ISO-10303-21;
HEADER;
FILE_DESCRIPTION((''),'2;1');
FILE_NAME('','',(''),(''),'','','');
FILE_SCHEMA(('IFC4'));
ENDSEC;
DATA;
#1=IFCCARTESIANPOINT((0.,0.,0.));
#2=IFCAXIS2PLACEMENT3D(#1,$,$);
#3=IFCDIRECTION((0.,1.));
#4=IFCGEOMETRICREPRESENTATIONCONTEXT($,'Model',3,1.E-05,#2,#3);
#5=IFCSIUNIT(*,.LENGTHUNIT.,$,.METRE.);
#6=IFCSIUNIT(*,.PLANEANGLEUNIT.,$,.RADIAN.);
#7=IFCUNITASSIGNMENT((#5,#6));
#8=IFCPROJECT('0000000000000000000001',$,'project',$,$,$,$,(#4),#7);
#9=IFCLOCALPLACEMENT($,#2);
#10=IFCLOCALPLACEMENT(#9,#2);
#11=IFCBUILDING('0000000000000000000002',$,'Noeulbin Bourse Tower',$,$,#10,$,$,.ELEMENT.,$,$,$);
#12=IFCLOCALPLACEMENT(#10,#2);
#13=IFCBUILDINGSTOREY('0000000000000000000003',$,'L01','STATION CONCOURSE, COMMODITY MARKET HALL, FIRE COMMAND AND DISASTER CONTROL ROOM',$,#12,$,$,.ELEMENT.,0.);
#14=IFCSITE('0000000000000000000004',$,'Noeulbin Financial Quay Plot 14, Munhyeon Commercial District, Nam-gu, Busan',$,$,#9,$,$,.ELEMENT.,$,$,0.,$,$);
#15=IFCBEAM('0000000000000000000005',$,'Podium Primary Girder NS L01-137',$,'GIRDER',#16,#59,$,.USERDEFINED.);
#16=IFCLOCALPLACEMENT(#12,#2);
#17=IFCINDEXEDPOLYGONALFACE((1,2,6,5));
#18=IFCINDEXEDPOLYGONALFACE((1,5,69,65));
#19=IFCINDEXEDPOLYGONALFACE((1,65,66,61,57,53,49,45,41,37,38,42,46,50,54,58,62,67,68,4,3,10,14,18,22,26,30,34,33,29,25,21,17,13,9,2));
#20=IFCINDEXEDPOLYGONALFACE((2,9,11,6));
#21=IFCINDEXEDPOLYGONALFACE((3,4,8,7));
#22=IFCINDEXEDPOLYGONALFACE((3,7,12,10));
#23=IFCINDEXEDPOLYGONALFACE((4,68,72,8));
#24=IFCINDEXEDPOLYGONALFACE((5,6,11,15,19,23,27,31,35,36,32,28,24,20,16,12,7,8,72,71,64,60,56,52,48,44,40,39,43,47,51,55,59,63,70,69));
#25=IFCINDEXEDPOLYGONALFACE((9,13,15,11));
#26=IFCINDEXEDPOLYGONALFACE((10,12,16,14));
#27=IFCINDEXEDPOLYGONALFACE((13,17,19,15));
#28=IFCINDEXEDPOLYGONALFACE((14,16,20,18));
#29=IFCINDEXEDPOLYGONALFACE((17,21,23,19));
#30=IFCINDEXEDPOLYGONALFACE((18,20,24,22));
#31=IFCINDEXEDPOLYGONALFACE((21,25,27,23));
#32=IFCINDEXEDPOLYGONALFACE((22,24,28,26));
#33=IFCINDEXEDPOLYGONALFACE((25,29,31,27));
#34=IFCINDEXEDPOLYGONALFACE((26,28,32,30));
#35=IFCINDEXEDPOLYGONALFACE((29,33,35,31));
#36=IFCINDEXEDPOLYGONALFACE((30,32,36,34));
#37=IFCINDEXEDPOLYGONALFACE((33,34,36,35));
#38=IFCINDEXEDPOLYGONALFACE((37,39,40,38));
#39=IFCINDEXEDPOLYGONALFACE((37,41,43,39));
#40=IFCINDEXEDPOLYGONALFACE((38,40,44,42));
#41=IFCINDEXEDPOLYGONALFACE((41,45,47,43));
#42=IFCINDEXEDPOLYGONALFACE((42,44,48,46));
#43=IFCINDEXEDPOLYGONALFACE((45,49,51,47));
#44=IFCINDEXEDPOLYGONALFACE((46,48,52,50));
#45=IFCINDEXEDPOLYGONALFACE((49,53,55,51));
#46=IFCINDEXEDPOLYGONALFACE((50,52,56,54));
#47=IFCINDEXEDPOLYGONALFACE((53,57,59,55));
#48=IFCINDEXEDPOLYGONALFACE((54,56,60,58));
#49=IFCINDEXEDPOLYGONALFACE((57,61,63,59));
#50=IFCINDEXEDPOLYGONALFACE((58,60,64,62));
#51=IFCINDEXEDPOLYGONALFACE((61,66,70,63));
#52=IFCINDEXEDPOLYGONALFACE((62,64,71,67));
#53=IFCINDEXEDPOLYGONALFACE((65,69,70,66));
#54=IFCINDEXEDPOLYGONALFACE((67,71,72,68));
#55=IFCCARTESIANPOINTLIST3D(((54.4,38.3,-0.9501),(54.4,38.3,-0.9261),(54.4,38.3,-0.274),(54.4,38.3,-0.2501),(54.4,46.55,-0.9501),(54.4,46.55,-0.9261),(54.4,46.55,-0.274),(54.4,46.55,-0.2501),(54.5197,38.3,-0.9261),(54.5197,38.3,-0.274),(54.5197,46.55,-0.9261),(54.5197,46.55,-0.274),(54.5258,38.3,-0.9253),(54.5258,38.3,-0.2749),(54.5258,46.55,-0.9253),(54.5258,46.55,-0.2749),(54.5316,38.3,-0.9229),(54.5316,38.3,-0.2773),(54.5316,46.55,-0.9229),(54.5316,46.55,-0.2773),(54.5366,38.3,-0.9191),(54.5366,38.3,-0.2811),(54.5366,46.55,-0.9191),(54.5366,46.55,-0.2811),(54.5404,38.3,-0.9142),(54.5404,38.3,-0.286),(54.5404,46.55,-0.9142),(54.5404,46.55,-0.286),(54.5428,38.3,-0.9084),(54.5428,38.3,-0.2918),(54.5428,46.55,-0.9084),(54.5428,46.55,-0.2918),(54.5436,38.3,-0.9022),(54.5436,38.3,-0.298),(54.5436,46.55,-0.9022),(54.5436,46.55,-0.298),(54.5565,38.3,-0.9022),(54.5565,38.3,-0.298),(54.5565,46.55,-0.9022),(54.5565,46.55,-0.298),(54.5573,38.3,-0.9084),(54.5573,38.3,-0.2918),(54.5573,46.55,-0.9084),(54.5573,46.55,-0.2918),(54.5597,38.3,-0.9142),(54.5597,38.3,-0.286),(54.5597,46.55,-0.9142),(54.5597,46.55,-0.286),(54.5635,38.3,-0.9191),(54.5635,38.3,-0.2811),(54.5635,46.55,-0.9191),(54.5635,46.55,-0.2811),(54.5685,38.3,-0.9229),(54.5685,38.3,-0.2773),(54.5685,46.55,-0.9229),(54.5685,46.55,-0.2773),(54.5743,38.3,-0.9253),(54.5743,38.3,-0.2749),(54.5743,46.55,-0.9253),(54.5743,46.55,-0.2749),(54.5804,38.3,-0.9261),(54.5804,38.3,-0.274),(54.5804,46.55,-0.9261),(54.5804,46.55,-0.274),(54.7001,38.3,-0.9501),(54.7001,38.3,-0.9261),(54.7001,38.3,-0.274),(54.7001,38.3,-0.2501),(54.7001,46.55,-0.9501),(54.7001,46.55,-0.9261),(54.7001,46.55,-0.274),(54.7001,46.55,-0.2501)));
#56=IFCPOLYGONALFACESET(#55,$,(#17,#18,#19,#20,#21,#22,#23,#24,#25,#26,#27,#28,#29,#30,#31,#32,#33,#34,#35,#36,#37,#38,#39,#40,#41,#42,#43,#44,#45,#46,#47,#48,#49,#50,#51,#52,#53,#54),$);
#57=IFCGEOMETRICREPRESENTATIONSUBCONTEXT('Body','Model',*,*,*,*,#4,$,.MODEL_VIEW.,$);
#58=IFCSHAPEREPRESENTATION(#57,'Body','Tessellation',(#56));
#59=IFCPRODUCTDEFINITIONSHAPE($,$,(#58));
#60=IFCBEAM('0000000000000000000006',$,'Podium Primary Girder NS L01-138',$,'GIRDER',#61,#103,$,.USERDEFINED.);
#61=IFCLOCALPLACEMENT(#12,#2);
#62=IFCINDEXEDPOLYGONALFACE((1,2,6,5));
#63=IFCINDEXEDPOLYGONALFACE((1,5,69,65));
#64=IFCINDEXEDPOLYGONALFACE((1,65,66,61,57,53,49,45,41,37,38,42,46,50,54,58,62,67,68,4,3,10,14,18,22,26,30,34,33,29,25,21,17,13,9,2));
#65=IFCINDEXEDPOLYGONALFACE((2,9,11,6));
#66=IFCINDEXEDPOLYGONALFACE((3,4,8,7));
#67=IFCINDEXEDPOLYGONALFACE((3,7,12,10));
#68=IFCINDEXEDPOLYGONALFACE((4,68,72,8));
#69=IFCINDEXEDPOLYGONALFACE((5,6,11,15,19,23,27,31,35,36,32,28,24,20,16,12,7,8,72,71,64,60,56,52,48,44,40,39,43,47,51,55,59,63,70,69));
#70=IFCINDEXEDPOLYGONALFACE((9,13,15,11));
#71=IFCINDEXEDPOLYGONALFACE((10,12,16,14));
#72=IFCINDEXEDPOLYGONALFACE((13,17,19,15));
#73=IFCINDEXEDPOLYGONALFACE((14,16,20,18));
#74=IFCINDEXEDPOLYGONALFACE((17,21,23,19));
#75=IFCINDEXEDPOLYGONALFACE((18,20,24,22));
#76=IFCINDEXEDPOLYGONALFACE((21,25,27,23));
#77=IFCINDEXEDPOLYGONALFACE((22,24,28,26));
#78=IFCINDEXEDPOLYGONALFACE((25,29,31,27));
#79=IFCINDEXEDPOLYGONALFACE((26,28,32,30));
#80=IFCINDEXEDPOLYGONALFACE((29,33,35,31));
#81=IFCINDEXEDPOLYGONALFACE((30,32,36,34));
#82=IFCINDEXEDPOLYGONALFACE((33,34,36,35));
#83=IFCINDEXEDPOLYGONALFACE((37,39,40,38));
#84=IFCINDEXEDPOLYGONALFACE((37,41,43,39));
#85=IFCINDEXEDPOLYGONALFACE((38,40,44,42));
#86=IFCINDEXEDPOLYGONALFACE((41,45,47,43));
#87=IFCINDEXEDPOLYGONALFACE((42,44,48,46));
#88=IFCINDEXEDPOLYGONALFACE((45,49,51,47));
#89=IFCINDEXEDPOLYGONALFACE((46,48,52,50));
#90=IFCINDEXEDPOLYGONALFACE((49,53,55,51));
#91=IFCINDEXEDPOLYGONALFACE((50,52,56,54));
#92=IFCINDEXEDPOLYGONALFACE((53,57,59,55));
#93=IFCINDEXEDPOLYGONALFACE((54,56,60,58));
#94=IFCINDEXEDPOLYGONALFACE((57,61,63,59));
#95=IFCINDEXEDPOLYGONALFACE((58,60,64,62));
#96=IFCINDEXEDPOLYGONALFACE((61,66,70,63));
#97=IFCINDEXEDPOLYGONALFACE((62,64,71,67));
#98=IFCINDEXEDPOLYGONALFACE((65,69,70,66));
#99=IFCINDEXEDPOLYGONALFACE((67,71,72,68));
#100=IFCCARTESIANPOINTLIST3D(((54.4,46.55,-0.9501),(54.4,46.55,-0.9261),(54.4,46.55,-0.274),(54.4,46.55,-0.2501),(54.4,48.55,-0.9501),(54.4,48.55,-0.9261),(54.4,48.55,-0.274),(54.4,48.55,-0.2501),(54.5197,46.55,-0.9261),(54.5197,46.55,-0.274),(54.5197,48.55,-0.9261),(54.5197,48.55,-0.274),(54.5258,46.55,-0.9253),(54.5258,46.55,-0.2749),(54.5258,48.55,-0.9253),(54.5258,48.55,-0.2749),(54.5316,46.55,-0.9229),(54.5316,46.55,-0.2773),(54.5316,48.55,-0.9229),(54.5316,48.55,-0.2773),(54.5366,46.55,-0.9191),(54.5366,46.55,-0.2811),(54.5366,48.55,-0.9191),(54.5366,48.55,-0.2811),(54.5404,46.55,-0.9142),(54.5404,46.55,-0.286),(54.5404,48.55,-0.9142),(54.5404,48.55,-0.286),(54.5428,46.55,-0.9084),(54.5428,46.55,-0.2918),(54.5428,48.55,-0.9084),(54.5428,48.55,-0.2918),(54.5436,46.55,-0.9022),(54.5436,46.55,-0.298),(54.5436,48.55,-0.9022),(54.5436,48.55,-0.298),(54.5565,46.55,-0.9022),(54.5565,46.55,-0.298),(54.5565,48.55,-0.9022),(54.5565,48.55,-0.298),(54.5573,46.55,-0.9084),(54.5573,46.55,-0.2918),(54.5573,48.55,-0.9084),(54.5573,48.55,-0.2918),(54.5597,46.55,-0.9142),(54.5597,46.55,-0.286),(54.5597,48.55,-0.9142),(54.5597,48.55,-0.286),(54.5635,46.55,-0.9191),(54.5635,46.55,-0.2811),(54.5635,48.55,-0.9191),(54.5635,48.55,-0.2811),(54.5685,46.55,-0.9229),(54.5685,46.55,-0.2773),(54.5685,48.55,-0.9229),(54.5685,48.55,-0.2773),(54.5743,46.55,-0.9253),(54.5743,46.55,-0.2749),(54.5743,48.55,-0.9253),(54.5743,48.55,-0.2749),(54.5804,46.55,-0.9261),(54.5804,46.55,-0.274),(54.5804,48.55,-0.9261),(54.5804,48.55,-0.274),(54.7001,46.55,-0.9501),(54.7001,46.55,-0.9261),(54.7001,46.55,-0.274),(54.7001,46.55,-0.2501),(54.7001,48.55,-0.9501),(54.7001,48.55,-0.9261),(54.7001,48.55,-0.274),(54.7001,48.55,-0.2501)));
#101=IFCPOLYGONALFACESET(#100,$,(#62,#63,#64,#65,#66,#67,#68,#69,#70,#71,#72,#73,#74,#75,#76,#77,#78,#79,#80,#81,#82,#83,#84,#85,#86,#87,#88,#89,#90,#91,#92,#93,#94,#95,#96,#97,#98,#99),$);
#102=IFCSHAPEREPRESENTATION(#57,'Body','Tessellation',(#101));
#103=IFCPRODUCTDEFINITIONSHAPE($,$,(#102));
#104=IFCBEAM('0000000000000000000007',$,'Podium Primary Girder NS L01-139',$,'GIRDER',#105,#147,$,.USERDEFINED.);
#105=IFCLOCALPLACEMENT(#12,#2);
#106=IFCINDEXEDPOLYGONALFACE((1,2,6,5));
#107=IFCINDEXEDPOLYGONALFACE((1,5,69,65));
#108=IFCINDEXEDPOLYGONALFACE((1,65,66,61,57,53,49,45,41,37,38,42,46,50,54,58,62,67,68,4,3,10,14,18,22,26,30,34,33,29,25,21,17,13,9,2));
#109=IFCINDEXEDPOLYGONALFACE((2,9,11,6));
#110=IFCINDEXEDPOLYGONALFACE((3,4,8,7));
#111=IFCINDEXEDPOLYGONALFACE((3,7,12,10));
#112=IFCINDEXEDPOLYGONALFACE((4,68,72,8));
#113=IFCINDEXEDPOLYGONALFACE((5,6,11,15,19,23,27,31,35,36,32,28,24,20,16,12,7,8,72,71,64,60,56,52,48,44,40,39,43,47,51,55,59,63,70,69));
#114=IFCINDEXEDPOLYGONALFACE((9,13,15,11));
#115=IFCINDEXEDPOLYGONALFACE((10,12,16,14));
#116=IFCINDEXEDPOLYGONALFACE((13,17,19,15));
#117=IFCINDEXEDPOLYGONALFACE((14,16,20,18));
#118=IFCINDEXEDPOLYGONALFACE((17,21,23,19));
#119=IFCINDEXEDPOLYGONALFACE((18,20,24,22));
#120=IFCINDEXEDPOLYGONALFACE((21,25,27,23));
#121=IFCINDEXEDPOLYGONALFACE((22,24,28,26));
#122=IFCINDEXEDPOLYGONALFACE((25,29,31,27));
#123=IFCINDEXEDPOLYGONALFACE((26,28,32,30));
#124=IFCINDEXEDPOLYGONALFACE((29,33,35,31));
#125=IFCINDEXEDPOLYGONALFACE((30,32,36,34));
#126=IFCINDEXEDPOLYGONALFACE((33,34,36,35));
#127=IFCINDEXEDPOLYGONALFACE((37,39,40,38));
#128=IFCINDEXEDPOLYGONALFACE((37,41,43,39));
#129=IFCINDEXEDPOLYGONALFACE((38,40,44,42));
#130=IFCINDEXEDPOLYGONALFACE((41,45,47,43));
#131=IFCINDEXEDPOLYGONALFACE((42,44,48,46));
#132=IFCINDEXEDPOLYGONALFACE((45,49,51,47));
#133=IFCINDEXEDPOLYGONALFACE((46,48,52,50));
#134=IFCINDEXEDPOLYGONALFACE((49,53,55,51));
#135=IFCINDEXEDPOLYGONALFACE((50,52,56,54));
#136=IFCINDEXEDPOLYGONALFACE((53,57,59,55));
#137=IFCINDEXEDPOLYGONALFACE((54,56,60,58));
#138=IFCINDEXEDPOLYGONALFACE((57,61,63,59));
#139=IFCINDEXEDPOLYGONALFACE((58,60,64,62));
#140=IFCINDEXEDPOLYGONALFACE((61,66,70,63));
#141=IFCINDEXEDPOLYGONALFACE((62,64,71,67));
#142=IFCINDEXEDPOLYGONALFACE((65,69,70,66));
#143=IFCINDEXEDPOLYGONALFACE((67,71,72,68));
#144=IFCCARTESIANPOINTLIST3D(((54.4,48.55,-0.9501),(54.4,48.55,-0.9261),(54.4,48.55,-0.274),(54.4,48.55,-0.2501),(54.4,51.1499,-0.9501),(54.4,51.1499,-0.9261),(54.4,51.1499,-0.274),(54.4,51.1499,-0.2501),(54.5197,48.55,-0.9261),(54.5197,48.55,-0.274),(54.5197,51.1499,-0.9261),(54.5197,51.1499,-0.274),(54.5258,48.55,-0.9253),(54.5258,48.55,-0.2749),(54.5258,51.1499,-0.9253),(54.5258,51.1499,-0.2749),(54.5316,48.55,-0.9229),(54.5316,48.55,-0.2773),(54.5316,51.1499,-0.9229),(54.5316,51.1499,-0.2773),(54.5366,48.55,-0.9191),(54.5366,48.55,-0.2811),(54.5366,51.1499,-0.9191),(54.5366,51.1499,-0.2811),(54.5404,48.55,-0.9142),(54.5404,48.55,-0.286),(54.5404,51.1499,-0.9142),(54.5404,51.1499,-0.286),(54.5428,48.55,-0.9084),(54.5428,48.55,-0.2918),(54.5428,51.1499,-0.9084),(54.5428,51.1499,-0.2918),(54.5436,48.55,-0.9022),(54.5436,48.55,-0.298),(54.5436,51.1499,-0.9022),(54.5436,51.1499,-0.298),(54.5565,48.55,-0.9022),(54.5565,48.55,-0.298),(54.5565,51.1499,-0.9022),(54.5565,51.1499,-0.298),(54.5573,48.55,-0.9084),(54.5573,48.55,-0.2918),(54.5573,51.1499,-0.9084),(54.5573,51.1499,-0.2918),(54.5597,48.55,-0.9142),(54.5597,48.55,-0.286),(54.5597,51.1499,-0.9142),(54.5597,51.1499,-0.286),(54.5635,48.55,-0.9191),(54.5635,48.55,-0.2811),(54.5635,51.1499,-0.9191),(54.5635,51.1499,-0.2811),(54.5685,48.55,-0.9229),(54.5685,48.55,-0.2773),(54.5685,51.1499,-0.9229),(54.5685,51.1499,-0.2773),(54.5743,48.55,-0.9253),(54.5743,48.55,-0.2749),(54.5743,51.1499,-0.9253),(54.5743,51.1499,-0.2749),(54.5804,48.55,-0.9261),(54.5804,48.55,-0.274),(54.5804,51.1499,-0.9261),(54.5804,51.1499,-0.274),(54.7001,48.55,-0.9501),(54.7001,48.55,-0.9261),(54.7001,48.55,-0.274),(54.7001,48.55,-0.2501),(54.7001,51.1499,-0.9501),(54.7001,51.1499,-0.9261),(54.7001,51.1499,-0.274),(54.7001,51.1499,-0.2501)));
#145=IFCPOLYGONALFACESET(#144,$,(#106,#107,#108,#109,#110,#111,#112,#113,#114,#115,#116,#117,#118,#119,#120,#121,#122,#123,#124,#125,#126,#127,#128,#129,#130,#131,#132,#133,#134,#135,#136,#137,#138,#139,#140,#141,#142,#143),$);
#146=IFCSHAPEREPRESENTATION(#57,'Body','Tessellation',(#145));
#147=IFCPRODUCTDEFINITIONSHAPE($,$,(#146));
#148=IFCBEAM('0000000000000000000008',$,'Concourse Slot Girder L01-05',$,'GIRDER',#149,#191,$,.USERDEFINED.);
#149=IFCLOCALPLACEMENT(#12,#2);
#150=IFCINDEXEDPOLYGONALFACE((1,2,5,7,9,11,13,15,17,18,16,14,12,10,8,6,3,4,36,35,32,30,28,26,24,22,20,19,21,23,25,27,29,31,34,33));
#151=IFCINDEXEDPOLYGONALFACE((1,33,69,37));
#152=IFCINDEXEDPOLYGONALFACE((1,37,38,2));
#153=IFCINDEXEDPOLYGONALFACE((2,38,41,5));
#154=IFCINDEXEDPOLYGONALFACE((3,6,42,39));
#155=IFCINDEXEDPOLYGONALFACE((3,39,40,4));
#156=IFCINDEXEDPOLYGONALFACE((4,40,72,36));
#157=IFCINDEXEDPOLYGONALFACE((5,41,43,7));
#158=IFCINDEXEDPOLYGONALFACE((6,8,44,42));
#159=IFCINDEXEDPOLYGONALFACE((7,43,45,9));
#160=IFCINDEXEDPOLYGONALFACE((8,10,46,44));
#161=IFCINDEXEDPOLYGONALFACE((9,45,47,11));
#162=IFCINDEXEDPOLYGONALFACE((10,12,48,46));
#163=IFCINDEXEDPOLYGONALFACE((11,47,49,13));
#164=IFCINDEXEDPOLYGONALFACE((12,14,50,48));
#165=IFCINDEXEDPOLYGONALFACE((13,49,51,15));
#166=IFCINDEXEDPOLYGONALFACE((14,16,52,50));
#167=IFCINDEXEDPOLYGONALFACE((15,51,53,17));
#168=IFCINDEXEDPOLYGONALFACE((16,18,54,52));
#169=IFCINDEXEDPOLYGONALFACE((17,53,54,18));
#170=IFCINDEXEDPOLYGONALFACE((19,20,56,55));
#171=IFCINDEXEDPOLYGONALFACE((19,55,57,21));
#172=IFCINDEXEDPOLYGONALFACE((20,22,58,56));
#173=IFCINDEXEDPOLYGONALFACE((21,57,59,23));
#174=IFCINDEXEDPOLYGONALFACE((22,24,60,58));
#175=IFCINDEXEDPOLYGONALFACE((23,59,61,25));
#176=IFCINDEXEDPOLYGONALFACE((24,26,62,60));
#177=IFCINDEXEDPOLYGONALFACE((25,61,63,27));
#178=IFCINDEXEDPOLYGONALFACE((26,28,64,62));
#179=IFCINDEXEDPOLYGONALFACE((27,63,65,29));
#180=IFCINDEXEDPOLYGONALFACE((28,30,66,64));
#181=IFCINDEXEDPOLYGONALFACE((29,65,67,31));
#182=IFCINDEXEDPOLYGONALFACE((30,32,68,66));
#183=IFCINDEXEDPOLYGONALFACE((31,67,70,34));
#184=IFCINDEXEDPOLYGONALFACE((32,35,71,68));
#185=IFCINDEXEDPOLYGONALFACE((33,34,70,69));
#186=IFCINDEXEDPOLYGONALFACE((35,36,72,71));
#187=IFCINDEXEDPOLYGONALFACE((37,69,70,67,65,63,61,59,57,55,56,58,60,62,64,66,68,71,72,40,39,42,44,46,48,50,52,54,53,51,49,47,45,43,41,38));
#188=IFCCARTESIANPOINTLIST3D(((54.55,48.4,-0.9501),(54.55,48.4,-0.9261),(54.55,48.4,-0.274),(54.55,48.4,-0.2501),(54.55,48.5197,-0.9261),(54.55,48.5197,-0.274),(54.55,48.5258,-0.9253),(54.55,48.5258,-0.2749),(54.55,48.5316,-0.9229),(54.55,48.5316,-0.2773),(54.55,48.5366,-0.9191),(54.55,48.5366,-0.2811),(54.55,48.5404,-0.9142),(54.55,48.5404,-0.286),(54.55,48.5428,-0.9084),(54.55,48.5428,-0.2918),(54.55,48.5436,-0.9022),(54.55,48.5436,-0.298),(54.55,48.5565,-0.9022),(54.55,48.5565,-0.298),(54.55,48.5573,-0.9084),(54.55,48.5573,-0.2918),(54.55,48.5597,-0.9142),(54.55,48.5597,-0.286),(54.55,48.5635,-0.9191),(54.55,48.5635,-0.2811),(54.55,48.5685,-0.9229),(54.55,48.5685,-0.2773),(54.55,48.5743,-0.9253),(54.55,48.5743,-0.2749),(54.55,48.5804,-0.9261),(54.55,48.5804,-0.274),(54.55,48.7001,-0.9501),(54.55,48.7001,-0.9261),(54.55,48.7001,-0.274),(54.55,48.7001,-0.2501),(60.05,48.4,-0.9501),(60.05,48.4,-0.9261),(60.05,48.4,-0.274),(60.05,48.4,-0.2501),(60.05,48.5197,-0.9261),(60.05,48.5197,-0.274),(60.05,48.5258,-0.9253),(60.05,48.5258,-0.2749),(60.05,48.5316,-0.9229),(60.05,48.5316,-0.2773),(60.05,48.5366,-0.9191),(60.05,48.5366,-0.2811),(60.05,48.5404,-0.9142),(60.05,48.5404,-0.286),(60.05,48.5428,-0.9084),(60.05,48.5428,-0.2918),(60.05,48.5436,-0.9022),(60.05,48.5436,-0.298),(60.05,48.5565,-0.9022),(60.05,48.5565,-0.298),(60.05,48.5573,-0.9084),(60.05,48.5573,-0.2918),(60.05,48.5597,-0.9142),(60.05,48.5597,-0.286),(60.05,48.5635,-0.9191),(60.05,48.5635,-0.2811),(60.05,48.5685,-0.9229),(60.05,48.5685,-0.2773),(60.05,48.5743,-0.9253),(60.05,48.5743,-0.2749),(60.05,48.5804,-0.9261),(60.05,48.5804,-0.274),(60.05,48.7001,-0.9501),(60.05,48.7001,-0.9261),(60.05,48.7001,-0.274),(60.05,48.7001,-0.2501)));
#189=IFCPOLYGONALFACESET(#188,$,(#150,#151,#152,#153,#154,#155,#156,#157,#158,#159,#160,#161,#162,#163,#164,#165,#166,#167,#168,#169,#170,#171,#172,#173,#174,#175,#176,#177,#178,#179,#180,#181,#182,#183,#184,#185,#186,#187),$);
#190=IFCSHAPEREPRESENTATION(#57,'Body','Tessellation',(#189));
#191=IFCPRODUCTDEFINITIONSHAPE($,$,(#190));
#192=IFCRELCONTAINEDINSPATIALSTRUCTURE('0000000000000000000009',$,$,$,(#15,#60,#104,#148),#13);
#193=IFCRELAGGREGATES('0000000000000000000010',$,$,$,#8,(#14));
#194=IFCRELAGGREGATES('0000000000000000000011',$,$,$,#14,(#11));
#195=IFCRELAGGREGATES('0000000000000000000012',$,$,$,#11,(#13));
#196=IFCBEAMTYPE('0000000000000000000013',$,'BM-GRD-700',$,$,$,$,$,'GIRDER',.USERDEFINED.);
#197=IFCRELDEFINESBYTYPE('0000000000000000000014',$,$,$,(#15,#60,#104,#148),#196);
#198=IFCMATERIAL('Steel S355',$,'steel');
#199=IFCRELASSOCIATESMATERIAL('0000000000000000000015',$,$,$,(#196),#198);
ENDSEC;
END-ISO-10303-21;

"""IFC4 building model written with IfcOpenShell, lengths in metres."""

from ifc_helpers import new_model, si_unit, direction, frame, origin, origin_2d, place, context, subcontext, project, spatial, i_section, extrude, material, material_profile, profile_set, type_object, element, save


model = new_model("IFC4")

# Units and contexts
model_context = context("Model", 3, precision=1e-05, world=origin(), true_north=direction((0.0, 1.0)))
body_context = subcontext(model_context, "Body", "Model", "MODEL_VIEW")
ifc_project = project(units=[si_unit("LENGTHUNIT", "METRE"), si_unit("PLANEANGLEUNIT", "RADIAN")], contexts=[model_context])

# Site, building, storey
site_placement = place(None, origin())
site = spatial("IfcSite", under=ifc_project, at=site_placement, Name="Noeulbin Financial Quay Plot 14, Munhyeon Commercial District, Nam-gu, Busan", CompositionType="ELEMENT", RefElevation=0.0)
building_placement = place(site_placement, origin())
building = spatial("IfcBuilding", under=site, at=building_placement, Name="Noeulbin Bourse Tower", CompositionType="ELEMENT")
storey_placement = place(building_placement, origin())
storey = spatial("IfcBuildingStorey", under=building, at=storey_placement, Name="L01", Description="STATION CONCOURSE, COMMODITY MARKET HALL, FIRE COMMAND AND DISASTER CONTROL ROOM", CompositionType="ELEMENT", Elevation=0.0)

# Beams
ifc_material_1 = material(Name="Steel S355", Category="steel")
ifc_material_profile_1 = material_profile(ifc_material_1, i_section(OverallWidth=0.3, OverallDepth=0.7, WebThickness=0.0129, FlangeThickness=0.0239, FilletRadius=0.0239, at=origin_2d()), Name="H-700x300x13x24", Category="LoadBearing")
ifc_profile_set_1 = profile_set([ifc_material_profile_1], Name="Steel S355")
beam_type_1 = type_object("IfcBeamType", Name="BM-GRD-700", ElementType="GIRDER", PredefinedType="USERDEFINED", material=ifc_profile_set_1)
beam_1_placement = place(storey_placement, frame((54.55, 38.3, -0.6001), z_axis=(0.0, 1.0, 0.0), x_axis=(-1.0, 0.0, 0.0)))
element("IfcBeam", 1, at=beam_1_placement, inside=storey, type_object=beam_type_1, Name="Podium Primary Girder NS L01-137", ObjectType="GIRDER", PredefinedType="USERDEFINED", context=body_context, shape_type="SweptSolid", body=[
    extrude(i_section(OverallWidth=0.3, OverallDepth=0.7, WebThickness=0.0129, FlangeThickness=0.0239, FilletRadius=0.0239, at=origin_2d()), origin(), (0.0, 0.0, 1.0), 8.25),
])
beam_2_placement = place(storey_placement, frame((54.55, 46.55, -0.6001), z_axis=(0.0, 1.0, 0.0), x_axis=(-1.0, 0.0, 0.0)))
element("IfcBeam", 2, at=beam_2_placement, inside=storey, type_object=beam_type_1, Name="Podium Primary Girder NS L01-138", ObjectType="GIRDER", PredefinedType="USERDEFINED", context=body_context, shape_type="SweptSolid", body=[
    extrude(i_section(OverallWidth=0.3, OverallDepth=0.7, WebThickness=0.0129, FlangeThickness=0.0239, FilletRadius=0.0239, at=origin_2d()), origin(), (0.0, 0.0, 1.0), 2.0),
])
beam_3_placement = place(storey_placement, frame((54.55, 48.55, -0.6001), z_axis=(0.0, 1.0, 0.0), x_axis=(-1.0, 0.0, 0.0)))
element("IfcBeam", 3, at=beam_3_placement, inside=storey, type_object=beam_type_1, Name="Podium Primary Girder NS L01-139", ObjectType="GIRDER", PredefinedType="USERDEFINED", context=body_context, shape_type="SweptSolid", body=[
    extrude(i_section(OverallWidth=0.3, OverallDepth=0.7, WebThickness=0.0129, FlangeThickness=0.0239, FilletRadius=0.0239, at=origin_2d()), origin(), (0.0, 0.0, 1.0), 2.5999),
])
beam_4_placement = place(storey_placement, frame((54.55, 48.55, -0.6001), z_axis=(1.0, 0.0, 0.0), x_axis=(0.0, 1.0, 0.0)))
element("IfcBeam", 4, at=beam_4_placement, inside=storey, type_object=beam_type_1, Name="Concourse Slot Girder L01-05", ObjectType="GIRDER", PredefinedType="USERDEFINED", context=body_context, shape_type="SweptSolid", body=[
    extrude(i_section(OverallWidth=0.3, OverallDepth=0.7, WebThickness=0.0129, FlangeThickness=0.0239, FilletRadius=0.0239, at=origin_2d()), origin(), (0.0, 0.0, 1.0), 5.5),
])

save(model, "model.ifc")
